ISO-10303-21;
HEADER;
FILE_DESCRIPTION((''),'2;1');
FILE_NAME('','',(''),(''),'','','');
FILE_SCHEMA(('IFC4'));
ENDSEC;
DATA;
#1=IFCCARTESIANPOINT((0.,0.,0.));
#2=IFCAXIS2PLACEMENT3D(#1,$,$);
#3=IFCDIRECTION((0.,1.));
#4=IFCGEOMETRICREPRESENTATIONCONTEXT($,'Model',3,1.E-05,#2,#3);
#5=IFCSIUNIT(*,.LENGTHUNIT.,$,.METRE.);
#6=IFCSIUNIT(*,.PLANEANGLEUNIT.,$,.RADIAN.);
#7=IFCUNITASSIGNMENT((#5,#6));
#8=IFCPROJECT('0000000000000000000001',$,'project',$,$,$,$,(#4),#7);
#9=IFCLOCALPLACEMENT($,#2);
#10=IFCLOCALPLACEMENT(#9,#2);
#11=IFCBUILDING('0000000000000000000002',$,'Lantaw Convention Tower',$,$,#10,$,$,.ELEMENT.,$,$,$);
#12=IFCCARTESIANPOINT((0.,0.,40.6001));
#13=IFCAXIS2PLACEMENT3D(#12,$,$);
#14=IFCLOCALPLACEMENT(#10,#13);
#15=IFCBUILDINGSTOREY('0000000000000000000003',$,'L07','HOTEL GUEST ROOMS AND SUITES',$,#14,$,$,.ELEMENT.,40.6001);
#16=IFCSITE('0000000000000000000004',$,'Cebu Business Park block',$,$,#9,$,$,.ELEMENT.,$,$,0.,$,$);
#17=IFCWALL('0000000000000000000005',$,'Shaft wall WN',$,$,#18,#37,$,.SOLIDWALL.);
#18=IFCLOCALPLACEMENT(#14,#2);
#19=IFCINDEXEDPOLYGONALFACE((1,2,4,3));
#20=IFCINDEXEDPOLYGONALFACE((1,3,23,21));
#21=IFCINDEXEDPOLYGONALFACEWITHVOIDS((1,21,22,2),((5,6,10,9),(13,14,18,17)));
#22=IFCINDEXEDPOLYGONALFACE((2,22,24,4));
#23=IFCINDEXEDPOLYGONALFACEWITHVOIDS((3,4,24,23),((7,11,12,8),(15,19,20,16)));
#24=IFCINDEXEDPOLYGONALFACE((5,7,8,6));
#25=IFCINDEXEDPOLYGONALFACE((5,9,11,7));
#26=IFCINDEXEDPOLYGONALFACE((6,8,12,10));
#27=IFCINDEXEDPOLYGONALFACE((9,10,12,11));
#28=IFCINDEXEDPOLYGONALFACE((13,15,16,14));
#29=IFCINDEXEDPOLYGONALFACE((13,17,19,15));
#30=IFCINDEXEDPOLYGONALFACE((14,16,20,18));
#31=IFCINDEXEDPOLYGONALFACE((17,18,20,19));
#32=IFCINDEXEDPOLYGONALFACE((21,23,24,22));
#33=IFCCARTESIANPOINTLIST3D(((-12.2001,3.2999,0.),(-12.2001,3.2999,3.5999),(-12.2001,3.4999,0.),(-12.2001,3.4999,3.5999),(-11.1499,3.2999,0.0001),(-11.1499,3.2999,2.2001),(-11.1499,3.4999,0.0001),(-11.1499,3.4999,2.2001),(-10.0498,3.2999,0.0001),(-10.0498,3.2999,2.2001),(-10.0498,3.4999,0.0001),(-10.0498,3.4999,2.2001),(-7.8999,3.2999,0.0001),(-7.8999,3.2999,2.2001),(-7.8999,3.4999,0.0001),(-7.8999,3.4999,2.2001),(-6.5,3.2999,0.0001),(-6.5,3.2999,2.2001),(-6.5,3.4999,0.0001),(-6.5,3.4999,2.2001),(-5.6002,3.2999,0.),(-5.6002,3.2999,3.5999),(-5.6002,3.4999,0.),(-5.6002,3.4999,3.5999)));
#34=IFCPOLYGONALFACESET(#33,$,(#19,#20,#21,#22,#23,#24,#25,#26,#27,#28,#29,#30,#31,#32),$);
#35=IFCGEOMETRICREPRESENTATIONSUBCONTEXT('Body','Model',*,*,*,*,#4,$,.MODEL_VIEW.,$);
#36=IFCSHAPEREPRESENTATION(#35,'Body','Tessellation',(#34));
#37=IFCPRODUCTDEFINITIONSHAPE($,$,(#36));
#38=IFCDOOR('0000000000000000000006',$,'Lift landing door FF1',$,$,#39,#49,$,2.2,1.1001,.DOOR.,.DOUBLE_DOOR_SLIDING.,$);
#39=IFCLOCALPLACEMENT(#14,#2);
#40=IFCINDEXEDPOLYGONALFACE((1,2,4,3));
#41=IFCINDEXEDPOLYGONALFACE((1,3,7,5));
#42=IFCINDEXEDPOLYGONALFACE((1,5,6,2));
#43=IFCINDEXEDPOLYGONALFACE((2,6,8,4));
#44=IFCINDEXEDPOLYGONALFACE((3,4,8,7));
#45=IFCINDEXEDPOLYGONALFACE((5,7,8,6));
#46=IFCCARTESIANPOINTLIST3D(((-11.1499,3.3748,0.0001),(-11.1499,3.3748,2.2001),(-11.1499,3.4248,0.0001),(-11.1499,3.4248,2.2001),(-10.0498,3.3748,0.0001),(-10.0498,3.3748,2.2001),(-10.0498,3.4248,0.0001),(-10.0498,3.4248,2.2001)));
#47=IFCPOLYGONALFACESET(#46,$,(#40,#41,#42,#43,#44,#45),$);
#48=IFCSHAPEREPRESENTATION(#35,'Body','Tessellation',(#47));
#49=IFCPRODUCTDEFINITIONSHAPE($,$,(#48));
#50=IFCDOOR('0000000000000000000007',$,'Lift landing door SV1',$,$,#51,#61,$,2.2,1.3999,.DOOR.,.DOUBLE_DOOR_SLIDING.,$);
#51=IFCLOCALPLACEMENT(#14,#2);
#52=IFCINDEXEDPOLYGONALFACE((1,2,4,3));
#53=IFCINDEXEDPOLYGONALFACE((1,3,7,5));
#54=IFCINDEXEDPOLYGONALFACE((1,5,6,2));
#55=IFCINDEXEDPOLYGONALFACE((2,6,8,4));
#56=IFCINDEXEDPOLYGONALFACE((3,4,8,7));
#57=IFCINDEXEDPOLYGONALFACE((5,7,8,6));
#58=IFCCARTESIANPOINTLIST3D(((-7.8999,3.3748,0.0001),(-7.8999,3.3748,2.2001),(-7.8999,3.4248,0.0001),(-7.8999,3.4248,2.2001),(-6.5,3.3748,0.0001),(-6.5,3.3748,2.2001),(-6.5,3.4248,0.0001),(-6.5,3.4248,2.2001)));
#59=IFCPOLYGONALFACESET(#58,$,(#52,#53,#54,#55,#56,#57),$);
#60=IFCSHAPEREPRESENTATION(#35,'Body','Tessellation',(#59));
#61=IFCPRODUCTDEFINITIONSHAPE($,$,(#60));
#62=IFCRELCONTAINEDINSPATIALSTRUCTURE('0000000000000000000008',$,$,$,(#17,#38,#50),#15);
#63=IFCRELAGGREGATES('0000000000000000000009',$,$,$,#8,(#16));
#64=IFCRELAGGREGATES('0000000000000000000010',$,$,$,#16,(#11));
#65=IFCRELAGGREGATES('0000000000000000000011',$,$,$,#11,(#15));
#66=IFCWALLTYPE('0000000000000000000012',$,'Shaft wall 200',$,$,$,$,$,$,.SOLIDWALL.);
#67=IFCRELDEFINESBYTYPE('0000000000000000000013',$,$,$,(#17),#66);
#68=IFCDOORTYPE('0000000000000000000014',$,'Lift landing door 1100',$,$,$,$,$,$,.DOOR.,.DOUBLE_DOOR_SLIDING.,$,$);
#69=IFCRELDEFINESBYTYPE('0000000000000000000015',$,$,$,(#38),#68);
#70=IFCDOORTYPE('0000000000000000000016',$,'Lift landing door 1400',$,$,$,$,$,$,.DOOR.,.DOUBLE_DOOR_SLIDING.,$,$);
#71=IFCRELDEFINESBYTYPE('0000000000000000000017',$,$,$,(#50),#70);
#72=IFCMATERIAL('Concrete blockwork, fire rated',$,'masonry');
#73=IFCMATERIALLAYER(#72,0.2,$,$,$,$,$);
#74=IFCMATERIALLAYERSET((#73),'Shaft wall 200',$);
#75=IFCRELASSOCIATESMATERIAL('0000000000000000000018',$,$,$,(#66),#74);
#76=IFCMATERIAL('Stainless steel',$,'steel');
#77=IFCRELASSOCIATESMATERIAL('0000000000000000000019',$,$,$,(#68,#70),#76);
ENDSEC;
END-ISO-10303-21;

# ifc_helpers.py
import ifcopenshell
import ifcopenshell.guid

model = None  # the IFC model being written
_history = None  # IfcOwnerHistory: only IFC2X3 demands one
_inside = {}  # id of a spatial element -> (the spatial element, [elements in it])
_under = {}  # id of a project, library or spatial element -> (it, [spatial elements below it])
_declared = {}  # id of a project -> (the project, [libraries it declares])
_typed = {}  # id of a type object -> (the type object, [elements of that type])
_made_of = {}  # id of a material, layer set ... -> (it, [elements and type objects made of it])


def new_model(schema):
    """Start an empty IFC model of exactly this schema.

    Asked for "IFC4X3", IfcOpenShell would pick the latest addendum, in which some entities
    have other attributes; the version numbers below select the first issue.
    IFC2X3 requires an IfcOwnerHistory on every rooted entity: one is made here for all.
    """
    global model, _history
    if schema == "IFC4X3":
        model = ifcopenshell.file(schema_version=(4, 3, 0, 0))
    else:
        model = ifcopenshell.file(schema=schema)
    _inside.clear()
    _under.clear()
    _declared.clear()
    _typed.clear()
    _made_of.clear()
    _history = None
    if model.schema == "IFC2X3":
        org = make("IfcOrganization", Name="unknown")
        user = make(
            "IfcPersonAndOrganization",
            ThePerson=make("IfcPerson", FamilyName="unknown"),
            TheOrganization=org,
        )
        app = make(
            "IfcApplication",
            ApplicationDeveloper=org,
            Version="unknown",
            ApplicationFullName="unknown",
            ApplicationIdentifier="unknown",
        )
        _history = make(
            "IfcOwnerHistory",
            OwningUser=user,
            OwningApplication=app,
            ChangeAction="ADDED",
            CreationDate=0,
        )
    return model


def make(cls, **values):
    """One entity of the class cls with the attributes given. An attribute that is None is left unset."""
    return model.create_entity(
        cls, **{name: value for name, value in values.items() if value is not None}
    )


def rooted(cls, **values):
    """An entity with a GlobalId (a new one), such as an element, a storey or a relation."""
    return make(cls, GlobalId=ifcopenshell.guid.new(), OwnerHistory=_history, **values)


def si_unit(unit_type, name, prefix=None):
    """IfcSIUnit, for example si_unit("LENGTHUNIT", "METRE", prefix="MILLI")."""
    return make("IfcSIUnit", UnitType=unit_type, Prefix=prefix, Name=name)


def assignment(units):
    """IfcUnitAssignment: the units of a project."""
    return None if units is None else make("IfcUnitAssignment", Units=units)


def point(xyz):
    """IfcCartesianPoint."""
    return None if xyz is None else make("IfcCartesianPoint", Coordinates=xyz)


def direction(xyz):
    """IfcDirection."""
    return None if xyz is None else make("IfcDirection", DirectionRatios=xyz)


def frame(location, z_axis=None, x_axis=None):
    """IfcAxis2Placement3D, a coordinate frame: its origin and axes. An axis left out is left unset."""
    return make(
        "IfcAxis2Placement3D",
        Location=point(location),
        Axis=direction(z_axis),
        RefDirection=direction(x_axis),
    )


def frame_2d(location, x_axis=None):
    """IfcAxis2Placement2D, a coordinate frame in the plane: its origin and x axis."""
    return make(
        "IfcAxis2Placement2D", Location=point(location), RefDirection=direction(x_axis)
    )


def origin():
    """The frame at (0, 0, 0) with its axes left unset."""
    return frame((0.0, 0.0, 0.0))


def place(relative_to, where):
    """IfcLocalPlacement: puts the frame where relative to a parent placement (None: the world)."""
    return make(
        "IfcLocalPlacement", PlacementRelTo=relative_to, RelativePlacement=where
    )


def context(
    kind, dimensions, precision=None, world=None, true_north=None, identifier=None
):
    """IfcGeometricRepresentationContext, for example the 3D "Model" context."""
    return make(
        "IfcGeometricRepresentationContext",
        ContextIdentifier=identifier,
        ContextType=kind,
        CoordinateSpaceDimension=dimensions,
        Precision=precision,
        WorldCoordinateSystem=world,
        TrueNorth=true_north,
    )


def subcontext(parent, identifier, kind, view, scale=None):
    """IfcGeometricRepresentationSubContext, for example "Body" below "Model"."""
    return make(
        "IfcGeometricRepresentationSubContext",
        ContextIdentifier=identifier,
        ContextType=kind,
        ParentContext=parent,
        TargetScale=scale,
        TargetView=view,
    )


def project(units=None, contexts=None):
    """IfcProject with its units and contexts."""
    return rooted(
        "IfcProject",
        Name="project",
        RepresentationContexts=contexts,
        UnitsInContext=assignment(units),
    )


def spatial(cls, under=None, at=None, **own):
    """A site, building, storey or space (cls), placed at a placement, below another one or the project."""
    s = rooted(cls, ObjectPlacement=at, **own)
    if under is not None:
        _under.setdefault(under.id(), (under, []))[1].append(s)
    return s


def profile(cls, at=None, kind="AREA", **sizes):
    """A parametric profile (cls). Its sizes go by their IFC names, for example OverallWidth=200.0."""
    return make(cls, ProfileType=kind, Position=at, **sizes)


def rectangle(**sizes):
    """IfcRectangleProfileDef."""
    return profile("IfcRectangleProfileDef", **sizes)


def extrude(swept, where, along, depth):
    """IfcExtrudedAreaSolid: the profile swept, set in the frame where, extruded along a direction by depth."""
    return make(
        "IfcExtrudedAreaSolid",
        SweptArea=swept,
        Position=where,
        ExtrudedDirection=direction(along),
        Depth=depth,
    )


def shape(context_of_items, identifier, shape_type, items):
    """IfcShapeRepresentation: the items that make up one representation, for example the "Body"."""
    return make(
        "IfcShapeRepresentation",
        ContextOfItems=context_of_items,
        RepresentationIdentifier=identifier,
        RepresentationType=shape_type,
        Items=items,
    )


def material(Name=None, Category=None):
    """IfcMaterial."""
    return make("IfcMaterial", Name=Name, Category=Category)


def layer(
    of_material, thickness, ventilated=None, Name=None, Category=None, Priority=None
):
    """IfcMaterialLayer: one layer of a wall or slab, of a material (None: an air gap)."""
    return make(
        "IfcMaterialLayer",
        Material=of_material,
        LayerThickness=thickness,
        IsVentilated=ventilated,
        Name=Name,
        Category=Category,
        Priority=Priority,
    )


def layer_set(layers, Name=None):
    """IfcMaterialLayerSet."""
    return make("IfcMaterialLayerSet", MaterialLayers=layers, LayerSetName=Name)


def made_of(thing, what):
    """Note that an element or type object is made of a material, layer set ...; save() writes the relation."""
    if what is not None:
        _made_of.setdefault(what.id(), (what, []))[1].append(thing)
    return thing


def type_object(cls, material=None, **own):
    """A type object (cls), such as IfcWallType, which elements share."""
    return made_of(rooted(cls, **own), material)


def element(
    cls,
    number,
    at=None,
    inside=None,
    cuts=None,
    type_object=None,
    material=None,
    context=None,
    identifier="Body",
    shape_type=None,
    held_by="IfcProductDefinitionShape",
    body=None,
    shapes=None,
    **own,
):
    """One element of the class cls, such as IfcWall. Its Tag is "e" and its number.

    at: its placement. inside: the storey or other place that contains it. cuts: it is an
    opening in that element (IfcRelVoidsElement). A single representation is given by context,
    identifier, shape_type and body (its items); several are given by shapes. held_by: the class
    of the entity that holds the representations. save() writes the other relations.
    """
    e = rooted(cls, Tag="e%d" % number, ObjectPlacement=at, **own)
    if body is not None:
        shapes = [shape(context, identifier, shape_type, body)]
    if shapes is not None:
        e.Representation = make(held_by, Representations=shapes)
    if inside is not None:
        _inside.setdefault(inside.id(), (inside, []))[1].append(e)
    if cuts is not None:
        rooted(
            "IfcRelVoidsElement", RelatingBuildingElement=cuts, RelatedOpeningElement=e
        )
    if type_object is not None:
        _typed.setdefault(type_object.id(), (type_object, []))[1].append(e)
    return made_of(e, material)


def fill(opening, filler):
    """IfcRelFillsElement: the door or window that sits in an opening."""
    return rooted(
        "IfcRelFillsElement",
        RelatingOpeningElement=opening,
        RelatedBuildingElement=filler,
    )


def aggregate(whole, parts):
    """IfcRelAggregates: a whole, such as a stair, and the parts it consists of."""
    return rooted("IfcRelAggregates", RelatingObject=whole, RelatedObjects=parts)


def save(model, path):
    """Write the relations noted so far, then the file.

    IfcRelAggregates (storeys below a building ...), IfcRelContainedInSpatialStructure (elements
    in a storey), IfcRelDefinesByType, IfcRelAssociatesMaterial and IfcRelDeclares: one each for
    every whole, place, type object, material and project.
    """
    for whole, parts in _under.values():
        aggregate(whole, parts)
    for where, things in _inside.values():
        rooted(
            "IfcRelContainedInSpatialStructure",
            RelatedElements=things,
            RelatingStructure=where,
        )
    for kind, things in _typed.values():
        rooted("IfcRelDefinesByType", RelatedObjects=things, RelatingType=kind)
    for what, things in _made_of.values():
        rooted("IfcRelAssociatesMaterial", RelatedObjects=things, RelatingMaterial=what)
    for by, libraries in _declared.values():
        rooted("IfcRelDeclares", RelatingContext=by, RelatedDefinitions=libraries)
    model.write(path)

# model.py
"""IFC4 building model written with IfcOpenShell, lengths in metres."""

from ifc_helpers import new_model, si_unit, direction, frame, frame_2d, origin, place, context, subcontext, project, spatial, rectangle, extrude, material, layer, layer_set, type_object, element, fill, save


model = new_model("IFC4")

# Units and contexts
model_context = context("Model", 3, precision=1e-05, world=origin(), true_north=direction((0.0, 1.0)))
body_context = subcontext(model_context, "Body", "Model", "MODEL_VIEW")
ifc_project = project(units=[si_unit("LENGTHUNIT", "METRE"), si_unit("PLANEANGLEUNIT", "RADIAN")], contexts=[model_context])

# Site, building, storey
site_placement = place(None, origin())
site = spatial("IfcSite", under=ifc_project, at=site_placement, Name="Cebu Business Park block", CompositionType="ELEMENT", RefElevation=0.0)
building_placement = place(site_placement, origin())
building = spatial("IfcBuilding", under=site, at=building_placement, Name="Lantaw Convention Tower", CompositionType="ELEMENT")
storey_placement = place(building_placement, frame((0.0, 0.0, 40.6001)))
storey = spatial("IfcBuildingStorey", under=building, at=storey_placement, Name="L07", Description="HOTEL GUEST ROOMS AND SUITES", CompositionType="ELEMENT", Elevation=40.6001)

# Wall, openings, doors
ifc_material_1 = material(Name="Concrete blockwork, fire rated", Category="masonry")
ifc_layer_1 = layer(ifc_material_1, 0.2)
ifc_layer_set_1 = layer_set([ifc_layer_1], Name="Shaft wall 200")
wall_type_1 = type_object("IfcWallType", Name="Shaft wall 200", PredefinedType="SOLIDWALL", material=ifc_layer_set_1)
wall_1_placement = place(storey_placement, frame((-12.2, 3.3999, 0.0), z_axis=(0.0, 0.0, 1.0), x_axis=(1.0, 0.0, 0.0)))
wall_1 = element("IfcWall", 1, at=wall_1_placement, inside=storey, type_object=wall_type_1, Name="Shaft wall WN", PredefinedType="SOLIDWALL", context=body_context, shape_type="SweptSolid", body=[
    extrude(rectangle(XDim=6.5999, YDim=0.2, at=frame_2d((3.2998, 0.0))), origin(), (0.0, 0.0, 1.0), 3.5999),
])
opening_1_placement = place(wall_1_placement, frame((1.05, 0.0, 0.0)))
opening_1 = element("IfcOpeningElement", 2, at=opening_1_placement, cuts=wall_1, PredefinedType="OPENING", context=body_context, shape_type="SweptSolid", body=[
    extrude(rectangle(XDim=1.1001, YDim=2.2, at=frame_2d((0.55, 1.1001))), frame((0.0, 0.1099, 0.0), z_axis=(0.0, -1.0, 0.0), x_axis=(1.0, 0.0, 0.0)), (0.0, 0.0, 1.0), 0.22),
])
opening_2_placement = place(wall_1_placement, frame((4.3, 0.0, 0.0)))
opening_2 = element("IfcOpeningElement", 3, at=opening_2_placement, cuts=wall_1, PredefinedType="OPENING", context=body_context, shape_type="SweptSolid", body=[
    extrude(rectangle(XDim=1.3999, YDim=2.2, at=frame_2d((0.7, 1.1001))), frame((0.0, 0.1099, 0.0), z_axis=(0.0, -1.0, 0.0), x_axis=(1.0, 0.0, 0.0)), (0.0, 0.0, 1.0), 0.22),
])
ifc_material_2 = material(Name="Stainless steel", Category="steel")
door_type_1 = type_object("IfcDoorType", Name="Lift landing door 1100", OperationType="DOUBLE_DOOR_SLIDING", PredefinedType="DOOR", material=ifc_material_2)
door_1_placement = place(opening_1_placement, origin())
door_1 = element("IfcDoor", 4, at=door_1_placement, inside=storey, type_object=door_type_1, Name="Lift landing door FF1", OperationType="DOUBLE_DOOR_SLIDING", OverallHeight=2.2, OverallWidth=1.1001, PredefinedType="DOOR", context=body_context, shape_type="SweptSolid", body=[
    extrude(rectangle(XDim=1.1001, YDim=2.2, at=frame_2d((0.55, 1.1001))), frame((0.0, 0.0249, 0.0), z_axis=(0.0, -1.0, 0.0), x_axis=(1.0, 0.0, 0.0)), (0.0, 0.0, 1.0), 0.05),
])
fill(opening_1, door_1)
door_type_2 = type_object("IfcDoorType", Name="Lift landing door 1400", OperationType="DOUBLE_DOOR_SLIDING", PredefinedType="DOOR", material=ifc_material_2)
door_2_placement = place(opening_2_placement, origin())
door_2 = element("IfcDoor", 5, at=door_2_placement, inside=storey, type_object=door_type_2, Name="Lift landing door SV1", OperationType="DOUBLE_DOOR_SLIDING", OverallHeight=2.2, OverallWidth=1.3999, PredefinedType="DOOR", context=body_context, shape_type="SweptSolid", body=[
    extrude(rectangle(XDim=1.3999, YDim=2.2, at=frame_2d((0.7, 1.1001))), frame((0.0, 0.0249, 0.0), z_axis=(0.0, -1.0, 0.0), x_axis=(1.0, 0.0, 0.0)), (0.0, 0.0, 1.0), 0.05),
])
fill(opening_2, door_2)

save(model, "model.ifc")
